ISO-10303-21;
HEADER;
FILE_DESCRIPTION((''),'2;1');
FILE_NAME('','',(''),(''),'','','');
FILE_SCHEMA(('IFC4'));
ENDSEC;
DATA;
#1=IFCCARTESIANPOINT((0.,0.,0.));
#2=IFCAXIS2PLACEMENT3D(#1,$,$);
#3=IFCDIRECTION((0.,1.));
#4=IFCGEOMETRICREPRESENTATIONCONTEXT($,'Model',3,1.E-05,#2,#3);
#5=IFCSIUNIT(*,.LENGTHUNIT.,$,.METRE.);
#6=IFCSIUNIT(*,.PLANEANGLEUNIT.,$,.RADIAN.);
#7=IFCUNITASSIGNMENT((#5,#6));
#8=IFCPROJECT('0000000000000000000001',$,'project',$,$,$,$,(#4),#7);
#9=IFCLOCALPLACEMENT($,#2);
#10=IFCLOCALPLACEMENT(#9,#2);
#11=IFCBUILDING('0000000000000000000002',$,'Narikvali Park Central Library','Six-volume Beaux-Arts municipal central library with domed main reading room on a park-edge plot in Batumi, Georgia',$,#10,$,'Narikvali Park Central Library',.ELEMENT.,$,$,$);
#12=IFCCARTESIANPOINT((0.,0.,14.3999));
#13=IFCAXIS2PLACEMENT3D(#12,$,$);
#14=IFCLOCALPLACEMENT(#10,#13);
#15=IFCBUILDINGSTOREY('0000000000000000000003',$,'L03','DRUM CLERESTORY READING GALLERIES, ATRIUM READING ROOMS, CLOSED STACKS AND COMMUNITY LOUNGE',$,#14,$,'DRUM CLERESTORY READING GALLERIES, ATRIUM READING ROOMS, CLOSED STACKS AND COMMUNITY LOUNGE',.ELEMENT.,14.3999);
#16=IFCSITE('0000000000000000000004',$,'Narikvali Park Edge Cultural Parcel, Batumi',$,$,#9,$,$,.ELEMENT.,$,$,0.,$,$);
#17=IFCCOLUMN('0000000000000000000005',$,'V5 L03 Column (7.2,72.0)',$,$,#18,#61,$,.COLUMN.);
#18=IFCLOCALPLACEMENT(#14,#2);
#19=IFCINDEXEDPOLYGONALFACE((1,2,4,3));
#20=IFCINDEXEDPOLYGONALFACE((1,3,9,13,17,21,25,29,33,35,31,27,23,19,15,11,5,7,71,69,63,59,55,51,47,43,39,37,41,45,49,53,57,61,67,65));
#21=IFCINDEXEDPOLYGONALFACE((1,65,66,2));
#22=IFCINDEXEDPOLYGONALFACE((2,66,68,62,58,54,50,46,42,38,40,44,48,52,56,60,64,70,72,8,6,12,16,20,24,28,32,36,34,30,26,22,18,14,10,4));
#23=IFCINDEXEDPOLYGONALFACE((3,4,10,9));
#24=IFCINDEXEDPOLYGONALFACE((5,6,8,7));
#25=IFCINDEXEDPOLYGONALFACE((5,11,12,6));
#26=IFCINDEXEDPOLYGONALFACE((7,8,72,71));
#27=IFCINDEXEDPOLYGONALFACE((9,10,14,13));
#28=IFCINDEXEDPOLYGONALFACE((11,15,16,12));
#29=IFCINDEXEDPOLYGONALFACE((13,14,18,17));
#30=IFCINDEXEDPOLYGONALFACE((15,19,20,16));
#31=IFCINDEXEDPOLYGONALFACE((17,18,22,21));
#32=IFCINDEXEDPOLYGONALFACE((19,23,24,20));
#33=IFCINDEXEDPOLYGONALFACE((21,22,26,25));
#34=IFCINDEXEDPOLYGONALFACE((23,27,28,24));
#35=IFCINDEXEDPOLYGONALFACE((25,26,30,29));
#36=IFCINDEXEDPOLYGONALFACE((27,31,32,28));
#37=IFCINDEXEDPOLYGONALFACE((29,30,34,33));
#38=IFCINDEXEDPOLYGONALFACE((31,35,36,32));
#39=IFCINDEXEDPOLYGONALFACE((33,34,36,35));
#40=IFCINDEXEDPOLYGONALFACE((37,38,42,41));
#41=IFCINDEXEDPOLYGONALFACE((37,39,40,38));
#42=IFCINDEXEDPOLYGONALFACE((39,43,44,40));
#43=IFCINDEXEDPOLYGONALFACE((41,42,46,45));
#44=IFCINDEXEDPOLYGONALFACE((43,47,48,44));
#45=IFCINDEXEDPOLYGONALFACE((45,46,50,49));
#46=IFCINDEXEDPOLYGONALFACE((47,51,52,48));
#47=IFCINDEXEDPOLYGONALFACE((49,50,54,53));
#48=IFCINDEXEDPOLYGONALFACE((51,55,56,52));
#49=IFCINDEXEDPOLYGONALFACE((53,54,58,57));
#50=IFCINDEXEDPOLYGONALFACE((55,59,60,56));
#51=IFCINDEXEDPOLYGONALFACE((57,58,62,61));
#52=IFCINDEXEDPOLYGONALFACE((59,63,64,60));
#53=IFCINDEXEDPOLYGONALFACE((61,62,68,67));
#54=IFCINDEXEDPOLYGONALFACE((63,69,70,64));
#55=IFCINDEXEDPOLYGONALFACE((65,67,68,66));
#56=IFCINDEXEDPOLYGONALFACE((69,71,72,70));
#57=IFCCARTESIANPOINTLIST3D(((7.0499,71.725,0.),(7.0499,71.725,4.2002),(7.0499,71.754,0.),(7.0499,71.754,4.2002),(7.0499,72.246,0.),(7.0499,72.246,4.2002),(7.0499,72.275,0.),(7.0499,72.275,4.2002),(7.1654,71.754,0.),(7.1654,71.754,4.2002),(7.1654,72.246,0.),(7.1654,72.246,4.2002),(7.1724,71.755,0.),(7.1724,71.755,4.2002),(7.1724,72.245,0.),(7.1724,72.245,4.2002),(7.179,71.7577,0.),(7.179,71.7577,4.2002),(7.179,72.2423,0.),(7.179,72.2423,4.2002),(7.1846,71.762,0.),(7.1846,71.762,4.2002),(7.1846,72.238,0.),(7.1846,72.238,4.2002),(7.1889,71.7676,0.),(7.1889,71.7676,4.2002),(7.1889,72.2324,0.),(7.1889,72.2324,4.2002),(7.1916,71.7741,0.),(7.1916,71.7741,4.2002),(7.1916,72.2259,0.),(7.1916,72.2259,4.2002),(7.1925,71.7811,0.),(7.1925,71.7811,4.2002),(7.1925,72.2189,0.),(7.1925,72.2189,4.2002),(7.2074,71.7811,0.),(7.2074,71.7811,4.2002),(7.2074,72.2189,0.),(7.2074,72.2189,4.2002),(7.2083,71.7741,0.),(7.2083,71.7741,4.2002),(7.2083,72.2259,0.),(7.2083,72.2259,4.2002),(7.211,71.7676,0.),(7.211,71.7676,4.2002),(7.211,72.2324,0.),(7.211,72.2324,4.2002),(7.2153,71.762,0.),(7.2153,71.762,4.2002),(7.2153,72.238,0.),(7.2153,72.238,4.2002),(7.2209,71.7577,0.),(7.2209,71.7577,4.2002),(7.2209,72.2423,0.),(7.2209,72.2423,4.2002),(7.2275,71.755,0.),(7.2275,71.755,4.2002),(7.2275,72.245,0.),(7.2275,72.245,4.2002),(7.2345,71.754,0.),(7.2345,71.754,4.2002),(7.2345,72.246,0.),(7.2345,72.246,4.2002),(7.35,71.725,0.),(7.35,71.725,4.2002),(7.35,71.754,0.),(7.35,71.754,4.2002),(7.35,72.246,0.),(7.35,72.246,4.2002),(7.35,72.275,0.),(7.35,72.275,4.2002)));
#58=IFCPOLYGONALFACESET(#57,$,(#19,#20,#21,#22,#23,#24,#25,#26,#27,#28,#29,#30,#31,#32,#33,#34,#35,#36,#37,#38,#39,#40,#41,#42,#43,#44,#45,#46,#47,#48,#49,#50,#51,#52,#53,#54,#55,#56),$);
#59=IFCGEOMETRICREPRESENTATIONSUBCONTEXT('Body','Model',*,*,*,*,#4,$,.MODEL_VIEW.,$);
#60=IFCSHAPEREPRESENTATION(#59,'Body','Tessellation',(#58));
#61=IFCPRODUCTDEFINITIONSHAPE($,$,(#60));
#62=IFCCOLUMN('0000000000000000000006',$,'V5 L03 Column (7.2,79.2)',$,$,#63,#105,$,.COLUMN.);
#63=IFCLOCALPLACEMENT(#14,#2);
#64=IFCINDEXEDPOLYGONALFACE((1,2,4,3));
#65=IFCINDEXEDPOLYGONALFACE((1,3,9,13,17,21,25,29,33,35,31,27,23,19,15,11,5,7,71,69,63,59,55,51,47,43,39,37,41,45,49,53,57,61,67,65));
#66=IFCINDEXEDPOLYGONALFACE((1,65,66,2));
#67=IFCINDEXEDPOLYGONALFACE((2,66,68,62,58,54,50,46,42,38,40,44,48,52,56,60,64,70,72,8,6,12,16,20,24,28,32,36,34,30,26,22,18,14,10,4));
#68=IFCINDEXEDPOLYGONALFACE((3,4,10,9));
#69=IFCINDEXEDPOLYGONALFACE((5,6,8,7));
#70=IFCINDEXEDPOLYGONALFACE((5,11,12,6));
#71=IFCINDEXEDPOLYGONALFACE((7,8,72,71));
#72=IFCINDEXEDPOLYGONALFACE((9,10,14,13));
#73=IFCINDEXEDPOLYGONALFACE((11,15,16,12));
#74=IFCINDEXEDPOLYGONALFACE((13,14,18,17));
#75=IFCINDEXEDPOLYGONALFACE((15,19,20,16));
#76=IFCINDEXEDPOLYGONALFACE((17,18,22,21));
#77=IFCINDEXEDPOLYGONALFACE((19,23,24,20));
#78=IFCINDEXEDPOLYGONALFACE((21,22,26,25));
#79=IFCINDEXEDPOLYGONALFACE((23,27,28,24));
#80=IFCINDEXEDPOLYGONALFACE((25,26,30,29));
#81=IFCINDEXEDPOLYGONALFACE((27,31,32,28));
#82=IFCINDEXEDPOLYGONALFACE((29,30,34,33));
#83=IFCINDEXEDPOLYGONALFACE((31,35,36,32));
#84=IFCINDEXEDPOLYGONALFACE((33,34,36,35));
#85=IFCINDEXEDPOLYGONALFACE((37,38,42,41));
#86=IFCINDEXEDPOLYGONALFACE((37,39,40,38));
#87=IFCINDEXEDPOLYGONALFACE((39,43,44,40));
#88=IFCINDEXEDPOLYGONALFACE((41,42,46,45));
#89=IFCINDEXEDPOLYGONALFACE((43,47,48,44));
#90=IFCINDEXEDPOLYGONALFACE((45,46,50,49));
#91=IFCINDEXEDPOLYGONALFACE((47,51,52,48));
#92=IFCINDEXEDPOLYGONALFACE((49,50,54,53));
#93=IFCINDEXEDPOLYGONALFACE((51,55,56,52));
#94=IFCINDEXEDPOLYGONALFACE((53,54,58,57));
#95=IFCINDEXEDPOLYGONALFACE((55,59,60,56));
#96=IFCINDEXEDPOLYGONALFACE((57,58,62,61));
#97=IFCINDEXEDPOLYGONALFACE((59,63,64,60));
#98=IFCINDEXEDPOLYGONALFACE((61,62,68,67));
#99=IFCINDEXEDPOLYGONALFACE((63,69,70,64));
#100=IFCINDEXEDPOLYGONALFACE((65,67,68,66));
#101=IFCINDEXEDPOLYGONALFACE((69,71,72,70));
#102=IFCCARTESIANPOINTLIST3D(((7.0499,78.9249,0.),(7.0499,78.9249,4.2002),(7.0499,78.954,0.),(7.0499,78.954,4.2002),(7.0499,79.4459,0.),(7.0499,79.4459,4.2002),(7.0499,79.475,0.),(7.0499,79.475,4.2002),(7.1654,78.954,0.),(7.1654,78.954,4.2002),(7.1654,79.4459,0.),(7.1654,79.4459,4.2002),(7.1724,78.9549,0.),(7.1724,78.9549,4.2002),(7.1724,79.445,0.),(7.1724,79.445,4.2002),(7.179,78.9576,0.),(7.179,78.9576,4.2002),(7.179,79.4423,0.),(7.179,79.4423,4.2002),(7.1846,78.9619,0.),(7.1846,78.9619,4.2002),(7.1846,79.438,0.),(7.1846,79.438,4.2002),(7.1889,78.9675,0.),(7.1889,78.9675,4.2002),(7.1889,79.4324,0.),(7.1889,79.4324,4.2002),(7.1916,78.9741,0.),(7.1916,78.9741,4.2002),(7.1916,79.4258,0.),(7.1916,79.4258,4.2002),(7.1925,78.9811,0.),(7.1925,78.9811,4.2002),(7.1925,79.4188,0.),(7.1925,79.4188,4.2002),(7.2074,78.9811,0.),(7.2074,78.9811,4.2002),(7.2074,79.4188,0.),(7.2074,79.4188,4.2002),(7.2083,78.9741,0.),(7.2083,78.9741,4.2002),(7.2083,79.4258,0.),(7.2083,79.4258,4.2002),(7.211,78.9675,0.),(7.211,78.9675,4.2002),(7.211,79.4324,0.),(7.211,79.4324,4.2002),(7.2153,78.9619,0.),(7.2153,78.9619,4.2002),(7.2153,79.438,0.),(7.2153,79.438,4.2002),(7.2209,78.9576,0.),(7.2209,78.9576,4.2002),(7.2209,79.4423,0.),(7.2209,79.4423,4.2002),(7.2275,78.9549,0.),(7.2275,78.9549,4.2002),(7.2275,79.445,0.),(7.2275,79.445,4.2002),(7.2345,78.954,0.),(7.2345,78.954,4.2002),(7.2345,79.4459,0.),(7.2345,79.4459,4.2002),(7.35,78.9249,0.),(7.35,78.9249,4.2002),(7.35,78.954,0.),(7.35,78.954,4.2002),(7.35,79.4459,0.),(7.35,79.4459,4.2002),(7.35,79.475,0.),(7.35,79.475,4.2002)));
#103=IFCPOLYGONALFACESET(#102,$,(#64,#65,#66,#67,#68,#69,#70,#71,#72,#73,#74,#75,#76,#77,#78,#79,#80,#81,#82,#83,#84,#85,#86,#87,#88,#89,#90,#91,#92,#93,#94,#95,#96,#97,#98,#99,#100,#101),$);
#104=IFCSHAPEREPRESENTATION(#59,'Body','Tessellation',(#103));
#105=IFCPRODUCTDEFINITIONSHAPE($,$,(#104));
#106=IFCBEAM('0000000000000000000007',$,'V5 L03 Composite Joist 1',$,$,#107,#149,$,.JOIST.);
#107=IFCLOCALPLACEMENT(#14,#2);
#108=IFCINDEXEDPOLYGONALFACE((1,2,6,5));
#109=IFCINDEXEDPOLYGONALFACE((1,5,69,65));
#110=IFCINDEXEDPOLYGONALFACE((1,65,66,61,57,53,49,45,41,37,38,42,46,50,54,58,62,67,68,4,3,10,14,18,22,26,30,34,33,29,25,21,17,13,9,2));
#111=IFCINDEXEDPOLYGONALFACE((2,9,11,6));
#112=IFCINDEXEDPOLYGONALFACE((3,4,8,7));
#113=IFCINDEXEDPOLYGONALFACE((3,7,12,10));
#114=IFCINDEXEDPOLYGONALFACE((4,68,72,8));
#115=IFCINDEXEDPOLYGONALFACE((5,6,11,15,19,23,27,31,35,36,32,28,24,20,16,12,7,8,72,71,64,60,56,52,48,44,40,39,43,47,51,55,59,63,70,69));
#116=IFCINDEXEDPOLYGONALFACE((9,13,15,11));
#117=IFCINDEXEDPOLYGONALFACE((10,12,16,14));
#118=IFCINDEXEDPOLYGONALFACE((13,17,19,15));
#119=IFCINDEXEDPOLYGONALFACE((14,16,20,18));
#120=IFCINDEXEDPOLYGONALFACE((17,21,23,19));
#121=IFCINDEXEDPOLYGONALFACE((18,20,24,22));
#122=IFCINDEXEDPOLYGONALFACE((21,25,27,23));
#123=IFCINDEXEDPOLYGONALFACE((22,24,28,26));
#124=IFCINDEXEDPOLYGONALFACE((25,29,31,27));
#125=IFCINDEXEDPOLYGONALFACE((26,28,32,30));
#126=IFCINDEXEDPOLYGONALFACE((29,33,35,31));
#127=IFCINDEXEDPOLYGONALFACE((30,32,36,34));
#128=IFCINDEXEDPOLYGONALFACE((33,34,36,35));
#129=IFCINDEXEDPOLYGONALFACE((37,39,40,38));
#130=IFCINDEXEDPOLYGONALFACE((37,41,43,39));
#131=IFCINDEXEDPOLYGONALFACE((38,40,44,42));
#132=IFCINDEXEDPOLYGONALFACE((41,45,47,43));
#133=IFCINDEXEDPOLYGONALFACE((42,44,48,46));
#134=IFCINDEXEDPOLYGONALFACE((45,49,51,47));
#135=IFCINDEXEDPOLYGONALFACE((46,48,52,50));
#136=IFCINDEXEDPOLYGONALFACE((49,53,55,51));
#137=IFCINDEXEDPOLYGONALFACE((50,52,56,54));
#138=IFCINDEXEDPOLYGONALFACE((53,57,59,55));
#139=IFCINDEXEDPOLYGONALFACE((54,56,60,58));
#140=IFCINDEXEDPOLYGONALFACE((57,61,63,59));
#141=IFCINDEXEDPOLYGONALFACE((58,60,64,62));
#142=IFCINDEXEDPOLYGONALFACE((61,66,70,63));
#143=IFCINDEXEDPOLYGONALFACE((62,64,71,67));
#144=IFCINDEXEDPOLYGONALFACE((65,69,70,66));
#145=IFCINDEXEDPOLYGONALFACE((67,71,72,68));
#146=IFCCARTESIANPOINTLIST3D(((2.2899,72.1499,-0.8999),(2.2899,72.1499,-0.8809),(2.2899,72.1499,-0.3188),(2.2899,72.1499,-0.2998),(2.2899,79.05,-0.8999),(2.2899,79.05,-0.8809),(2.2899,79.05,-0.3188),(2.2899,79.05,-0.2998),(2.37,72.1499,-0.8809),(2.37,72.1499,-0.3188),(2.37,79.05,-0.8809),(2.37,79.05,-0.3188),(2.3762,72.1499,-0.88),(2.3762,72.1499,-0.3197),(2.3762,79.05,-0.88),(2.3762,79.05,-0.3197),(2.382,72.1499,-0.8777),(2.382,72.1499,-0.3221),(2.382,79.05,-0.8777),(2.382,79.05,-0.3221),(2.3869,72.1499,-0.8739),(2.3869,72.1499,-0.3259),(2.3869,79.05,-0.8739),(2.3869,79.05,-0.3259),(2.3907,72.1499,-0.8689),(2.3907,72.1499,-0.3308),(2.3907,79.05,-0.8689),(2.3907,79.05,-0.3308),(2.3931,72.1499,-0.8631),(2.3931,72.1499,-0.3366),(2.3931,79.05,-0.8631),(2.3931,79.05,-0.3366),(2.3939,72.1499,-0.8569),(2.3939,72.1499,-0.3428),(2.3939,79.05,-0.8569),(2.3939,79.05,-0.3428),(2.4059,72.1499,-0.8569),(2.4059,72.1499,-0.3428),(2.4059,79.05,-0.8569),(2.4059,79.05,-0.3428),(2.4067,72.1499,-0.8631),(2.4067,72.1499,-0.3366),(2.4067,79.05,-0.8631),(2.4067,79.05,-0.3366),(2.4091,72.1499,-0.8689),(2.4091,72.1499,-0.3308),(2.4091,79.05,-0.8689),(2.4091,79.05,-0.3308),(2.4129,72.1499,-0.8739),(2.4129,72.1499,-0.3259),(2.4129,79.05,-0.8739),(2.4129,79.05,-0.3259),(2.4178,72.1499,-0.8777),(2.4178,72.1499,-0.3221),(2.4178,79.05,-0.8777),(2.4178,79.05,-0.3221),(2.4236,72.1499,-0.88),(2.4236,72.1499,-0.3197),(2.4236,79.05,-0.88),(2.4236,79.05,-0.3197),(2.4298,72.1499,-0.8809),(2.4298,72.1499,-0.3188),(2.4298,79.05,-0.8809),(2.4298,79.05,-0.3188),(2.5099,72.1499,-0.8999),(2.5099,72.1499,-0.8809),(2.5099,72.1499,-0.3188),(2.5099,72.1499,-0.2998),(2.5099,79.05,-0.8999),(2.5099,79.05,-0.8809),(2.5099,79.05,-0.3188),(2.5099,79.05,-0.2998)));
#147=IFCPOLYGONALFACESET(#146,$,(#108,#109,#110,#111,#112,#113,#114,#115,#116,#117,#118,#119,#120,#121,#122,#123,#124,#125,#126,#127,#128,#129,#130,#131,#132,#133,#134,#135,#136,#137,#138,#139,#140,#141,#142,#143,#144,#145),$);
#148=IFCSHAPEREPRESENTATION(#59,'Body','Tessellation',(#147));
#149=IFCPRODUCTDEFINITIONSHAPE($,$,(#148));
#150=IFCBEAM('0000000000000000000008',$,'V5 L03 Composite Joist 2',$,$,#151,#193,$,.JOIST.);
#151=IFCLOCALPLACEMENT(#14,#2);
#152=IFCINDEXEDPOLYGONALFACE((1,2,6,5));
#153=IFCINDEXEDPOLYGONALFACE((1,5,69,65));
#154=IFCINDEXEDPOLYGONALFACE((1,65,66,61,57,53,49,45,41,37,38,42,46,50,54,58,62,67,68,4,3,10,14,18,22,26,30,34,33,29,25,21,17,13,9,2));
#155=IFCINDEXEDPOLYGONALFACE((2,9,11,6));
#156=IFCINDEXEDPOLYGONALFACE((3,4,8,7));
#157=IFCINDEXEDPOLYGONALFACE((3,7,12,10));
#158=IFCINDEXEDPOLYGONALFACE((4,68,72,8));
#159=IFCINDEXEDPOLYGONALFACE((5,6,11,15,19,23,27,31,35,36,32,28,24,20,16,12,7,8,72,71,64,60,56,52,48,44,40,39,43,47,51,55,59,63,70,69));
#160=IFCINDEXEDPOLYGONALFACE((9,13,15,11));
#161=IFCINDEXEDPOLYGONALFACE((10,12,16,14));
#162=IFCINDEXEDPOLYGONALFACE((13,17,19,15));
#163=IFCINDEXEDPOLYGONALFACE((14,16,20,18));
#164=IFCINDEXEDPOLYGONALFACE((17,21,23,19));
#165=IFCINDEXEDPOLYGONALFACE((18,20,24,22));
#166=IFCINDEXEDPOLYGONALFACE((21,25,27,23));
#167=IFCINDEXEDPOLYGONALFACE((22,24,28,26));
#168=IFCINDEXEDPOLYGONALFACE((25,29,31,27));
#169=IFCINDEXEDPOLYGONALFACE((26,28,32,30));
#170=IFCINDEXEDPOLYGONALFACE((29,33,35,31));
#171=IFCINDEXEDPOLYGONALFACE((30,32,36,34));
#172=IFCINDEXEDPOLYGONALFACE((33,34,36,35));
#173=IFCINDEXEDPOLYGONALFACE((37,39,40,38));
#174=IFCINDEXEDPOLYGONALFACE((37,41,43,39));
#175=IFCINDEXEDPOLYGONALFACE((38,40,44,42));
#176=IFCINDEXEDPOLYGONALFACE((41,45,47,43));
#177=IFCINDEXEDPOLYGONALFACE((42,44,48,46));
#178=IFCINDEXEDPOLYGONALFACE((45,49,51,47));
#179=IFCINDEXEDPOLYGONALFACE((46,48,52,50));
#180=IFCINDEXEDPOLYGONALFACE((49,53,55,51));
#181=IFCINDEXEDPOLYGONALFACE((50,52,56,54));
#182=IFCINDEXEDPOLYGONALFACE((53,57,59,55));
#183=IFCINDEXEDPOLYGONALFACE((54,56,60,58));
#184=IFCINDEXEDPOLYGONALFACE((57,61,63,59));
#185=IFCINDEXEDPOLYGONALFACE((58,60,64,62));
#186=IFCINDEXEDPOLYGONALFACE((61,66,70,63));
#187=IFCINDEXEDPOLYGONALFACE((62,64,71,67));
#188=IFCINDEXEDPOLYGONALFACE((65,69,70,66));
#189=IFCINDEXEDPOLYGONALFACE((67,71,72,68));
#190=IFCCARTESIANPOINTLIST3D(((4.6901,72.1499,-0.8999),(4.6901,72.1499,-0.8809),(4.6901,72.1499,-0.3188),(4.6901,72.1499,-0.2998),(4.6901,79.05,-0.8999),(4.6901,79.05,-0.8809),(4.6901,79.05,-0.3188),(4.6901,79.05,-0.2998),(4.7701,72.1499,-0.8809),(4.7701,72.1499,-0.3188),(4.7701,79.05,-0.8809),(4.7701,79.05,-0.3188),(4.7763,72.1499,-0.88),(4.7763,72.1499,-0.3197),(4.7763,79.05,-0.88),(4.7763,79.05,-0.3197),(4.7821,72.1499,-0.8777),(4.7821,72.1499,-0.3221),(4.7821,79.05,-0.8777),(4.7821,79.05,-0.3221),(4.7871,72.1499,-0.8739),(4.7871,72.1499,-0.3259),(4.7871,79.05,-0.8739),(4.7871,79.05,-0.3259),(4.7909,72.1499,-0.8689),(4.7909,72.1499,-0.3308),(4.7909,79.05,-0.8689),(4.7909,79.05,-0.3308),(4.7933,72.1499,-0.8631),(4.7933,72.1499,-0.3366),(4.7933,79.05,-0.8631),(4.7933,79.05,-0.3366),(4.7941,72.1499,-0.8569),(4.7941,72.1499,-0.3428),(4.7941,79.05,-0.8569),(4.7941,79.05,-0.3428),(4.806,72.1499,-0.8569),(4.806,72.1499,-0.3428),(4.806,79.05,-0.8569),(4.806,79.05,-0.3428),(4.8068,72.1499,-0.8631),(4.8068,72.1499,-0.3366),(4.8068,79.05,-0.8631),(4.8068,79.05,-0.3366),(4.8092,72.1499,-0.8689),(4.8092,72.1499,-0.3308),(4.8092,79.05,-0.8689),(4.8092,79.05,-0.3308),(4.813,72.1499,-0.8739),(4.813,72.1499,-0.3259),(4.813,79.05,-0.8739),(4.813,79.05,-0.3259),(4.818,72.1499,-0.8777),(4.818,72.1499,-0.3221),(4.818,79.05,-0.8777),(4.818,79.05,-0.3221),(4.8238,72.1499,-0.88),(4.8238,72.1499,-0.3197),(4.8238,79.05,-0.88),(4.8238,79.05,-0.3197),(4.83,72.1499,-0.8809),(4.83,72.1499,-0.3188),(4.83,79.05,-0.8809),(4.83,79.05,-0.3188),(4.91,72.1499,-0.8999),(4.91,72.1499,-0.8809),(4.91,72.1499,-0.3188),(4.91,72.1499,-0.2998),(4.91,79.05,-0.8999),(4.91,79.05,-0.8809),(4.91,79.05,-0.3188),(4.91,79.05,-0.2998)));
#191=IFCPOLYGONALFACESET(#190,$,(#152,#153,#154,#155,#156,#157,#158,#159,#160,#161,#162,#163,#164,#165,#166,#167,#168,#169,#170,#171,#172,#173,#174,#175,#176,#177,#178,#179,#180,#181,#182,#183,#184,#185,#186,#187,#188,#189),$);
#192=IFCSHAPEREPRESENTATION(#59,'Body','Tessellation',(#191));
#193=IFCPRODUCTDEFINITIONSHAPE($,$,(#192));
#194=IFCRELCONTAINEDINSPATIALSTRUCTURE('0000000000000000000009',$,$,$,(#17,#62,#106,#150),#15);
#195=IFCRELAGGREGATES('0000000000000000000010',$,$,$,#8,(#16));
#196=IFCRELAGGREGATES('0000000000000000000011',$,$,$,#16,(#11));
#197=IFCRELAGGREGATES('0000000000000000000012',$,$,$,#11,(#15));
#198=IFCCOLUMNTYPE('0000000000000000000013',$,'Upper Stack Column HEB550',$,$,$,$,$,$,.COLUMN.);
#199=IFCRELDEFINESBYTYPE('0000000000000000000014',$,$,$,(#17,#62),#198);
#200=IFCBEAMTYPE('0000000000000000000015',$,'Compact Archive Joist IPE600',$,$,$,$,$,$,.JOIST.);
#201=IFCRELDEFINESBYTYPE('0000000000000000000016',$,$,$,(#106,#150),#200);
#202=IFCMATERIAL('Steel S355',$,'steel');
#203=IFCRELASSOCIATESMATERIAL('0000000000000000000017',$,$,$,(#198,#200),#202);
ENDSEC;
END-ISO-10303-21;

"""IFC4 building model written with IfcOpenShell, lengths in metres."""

from ifc_helpers import new_model, si_unit, direction, frame, origin, origin_2d, place, context, subcontext, project, spatial, i_section, extrude, material, material_profile, profile_set, type_object, element, save


model = new_model("IFC4")

# Units and contexts
model_context = context("Model", 3, precision=1e-05, world=origin(), true_north=direction((0.0, 1.0)))
body_context = subcontext(model_context, "Body", "Model", "MODEL_VIEW")
ifc_project = project(units=[si_unit("LENGTHUNIT", "METRE"), si_unit("PLANEANGLEUNIT", "RADIAN")], contexts=[model_context])

# Site, building, storey
site_placement = place(None, origin())
site = spatial("IfcSite", under=ifc_project, at=site_placement, Name="Narikvali Park Edge Cultural Parcel, Batumi", CompositionType="ELEMENT", RefElevation=0.0)
building_placement = place(site_placement, origin())
building = spatial("IfcBuilding", under=site, at=building_placement, Name="Narikvali Park Central Library", Description="Six-volume Beaux-Arts municipal central library with domed main reading room on a park-edge plot in Batumi, Georgia", LongName="Narikvali Park Central Library", CompositionType="ELEMENT")
storey_placement = place(building_placement, frame((0.0, 0.0, 14.3999)))
storey = spatial("IfcBuildingStorey", under=building, at=storey_placement, Name="L03", Description="DRUM CLERESTORY READING GALLERIES, ATRIUM READING ROOMS, CLOSED STACKS AND COMMUNITY LOUNGE", LongName="DRUM CLERESTORY READING GALLERIES, ATRIUM READING ROOMS, CLOSED STACKS AND COMMUNITY LOUNGE", CompositionType="ELEMENT", Elevation=14.3999)

# Columns
ifc_material_1 = material(Name="Steel S355", Category="steel")
ifc_material_profile_1 = material_profile(ifc_material_1, i_section(OverallWidth=0.3, OverallDepth=0.55, WebThickness=0.0149, FlangeThickness=0.0291, FilletRadius=0.0271, at=origin_2d()), Name="HEB 550")
ifc_profile_set_1 = profile_set([ifc_material_profile_1], Name="Steel S355")
column_type = type_object("IfcColumnType", Name="Upper Stack Column HEB550", PredefinedType="COLUMN", material=ifc_profile_set_1)
for number, where, z_axis, x_axis, name in (
    (1, (7.2, 72.0, 0.0), (0.0, 0.0, 1.0), (1.0, 0.0, 0.0), "V5 L03 Column (7.2,72.0)"),
    (2, (7.2, 79.2, 0.0), (0.0, 0.0, 1.0), (1.0, 0.0, 0.0), "V5 L03 Column (7.2,79.2)"),
):
    element("IfcColumn", number, at=place(storey_placement, frame(where, z_axis=z_axis, x_axis=x_axis)), inside=storey, type_object=column_type, Name=name, PredefinedType="COLUMN", context=body_context, shape_type="SweptSolid", body=[
        extrude(i_section(OverallWidth=0.3, OverallDepth=0.55, WebThickness=0.0149, FlangeThickness=0.0291, FilletRadius=0.0271, at=origin_2d()), origin(), (0.0, 0.0, 1.0), 4.2002),
    ])

# Beams
ifc_material_profile_2 = material_profile(ifc_material_1, i_section(OverallWidth=0.22, OverallDepth=0.6001, WebThickness=0.012, FlangeThickness=0.019, FilletRadius=0.0239, at=origin_2d()), Name="IPE 600")
ifc_profile_set_2 = profile_set([ifc_material_profile_2], Name="Steel S355")
beam_type_1 = type_object("IfcBeamType", Name="Compact Archive Joist IPE600", PredefinedType="JOIST", material=ifc_profile_set_2)
for number, where, z_axis, x_axis, name in (
    (3, (2.3999, 72.1499, -0.5999), (0.0, 1.0, 0.0), (-1.0, 0.0, 0.0), "V5 L03 Composite Joist 1"),
    (4, (4.8, 72.1499, -0.5999), (0.0, 1.0, 0.0), (-1.0, 0.0, 0.0), "V5 L03 Composite Joist 2"),
):
    element("IfcBeam", number, at=place(storey_placement, frame(where, z_axis=z_axis, x_axis=x_axis)), inside=storey, type_object=beam_type_1, Name=name, PredefinedType="JOIST", context=body_context, shape_type="SweptSolid", body=[
        extrude(i_section(OverallWidth=0.22, OverallDepth=0.6001, WebThickness=0.012, FlangeThickness=0.019, FilletRadius=0.0239, at=origin_2d()), origin(), (0.0, 0.0, 1.0), 6.9001),
    ])

save(model, "model.ifc")
